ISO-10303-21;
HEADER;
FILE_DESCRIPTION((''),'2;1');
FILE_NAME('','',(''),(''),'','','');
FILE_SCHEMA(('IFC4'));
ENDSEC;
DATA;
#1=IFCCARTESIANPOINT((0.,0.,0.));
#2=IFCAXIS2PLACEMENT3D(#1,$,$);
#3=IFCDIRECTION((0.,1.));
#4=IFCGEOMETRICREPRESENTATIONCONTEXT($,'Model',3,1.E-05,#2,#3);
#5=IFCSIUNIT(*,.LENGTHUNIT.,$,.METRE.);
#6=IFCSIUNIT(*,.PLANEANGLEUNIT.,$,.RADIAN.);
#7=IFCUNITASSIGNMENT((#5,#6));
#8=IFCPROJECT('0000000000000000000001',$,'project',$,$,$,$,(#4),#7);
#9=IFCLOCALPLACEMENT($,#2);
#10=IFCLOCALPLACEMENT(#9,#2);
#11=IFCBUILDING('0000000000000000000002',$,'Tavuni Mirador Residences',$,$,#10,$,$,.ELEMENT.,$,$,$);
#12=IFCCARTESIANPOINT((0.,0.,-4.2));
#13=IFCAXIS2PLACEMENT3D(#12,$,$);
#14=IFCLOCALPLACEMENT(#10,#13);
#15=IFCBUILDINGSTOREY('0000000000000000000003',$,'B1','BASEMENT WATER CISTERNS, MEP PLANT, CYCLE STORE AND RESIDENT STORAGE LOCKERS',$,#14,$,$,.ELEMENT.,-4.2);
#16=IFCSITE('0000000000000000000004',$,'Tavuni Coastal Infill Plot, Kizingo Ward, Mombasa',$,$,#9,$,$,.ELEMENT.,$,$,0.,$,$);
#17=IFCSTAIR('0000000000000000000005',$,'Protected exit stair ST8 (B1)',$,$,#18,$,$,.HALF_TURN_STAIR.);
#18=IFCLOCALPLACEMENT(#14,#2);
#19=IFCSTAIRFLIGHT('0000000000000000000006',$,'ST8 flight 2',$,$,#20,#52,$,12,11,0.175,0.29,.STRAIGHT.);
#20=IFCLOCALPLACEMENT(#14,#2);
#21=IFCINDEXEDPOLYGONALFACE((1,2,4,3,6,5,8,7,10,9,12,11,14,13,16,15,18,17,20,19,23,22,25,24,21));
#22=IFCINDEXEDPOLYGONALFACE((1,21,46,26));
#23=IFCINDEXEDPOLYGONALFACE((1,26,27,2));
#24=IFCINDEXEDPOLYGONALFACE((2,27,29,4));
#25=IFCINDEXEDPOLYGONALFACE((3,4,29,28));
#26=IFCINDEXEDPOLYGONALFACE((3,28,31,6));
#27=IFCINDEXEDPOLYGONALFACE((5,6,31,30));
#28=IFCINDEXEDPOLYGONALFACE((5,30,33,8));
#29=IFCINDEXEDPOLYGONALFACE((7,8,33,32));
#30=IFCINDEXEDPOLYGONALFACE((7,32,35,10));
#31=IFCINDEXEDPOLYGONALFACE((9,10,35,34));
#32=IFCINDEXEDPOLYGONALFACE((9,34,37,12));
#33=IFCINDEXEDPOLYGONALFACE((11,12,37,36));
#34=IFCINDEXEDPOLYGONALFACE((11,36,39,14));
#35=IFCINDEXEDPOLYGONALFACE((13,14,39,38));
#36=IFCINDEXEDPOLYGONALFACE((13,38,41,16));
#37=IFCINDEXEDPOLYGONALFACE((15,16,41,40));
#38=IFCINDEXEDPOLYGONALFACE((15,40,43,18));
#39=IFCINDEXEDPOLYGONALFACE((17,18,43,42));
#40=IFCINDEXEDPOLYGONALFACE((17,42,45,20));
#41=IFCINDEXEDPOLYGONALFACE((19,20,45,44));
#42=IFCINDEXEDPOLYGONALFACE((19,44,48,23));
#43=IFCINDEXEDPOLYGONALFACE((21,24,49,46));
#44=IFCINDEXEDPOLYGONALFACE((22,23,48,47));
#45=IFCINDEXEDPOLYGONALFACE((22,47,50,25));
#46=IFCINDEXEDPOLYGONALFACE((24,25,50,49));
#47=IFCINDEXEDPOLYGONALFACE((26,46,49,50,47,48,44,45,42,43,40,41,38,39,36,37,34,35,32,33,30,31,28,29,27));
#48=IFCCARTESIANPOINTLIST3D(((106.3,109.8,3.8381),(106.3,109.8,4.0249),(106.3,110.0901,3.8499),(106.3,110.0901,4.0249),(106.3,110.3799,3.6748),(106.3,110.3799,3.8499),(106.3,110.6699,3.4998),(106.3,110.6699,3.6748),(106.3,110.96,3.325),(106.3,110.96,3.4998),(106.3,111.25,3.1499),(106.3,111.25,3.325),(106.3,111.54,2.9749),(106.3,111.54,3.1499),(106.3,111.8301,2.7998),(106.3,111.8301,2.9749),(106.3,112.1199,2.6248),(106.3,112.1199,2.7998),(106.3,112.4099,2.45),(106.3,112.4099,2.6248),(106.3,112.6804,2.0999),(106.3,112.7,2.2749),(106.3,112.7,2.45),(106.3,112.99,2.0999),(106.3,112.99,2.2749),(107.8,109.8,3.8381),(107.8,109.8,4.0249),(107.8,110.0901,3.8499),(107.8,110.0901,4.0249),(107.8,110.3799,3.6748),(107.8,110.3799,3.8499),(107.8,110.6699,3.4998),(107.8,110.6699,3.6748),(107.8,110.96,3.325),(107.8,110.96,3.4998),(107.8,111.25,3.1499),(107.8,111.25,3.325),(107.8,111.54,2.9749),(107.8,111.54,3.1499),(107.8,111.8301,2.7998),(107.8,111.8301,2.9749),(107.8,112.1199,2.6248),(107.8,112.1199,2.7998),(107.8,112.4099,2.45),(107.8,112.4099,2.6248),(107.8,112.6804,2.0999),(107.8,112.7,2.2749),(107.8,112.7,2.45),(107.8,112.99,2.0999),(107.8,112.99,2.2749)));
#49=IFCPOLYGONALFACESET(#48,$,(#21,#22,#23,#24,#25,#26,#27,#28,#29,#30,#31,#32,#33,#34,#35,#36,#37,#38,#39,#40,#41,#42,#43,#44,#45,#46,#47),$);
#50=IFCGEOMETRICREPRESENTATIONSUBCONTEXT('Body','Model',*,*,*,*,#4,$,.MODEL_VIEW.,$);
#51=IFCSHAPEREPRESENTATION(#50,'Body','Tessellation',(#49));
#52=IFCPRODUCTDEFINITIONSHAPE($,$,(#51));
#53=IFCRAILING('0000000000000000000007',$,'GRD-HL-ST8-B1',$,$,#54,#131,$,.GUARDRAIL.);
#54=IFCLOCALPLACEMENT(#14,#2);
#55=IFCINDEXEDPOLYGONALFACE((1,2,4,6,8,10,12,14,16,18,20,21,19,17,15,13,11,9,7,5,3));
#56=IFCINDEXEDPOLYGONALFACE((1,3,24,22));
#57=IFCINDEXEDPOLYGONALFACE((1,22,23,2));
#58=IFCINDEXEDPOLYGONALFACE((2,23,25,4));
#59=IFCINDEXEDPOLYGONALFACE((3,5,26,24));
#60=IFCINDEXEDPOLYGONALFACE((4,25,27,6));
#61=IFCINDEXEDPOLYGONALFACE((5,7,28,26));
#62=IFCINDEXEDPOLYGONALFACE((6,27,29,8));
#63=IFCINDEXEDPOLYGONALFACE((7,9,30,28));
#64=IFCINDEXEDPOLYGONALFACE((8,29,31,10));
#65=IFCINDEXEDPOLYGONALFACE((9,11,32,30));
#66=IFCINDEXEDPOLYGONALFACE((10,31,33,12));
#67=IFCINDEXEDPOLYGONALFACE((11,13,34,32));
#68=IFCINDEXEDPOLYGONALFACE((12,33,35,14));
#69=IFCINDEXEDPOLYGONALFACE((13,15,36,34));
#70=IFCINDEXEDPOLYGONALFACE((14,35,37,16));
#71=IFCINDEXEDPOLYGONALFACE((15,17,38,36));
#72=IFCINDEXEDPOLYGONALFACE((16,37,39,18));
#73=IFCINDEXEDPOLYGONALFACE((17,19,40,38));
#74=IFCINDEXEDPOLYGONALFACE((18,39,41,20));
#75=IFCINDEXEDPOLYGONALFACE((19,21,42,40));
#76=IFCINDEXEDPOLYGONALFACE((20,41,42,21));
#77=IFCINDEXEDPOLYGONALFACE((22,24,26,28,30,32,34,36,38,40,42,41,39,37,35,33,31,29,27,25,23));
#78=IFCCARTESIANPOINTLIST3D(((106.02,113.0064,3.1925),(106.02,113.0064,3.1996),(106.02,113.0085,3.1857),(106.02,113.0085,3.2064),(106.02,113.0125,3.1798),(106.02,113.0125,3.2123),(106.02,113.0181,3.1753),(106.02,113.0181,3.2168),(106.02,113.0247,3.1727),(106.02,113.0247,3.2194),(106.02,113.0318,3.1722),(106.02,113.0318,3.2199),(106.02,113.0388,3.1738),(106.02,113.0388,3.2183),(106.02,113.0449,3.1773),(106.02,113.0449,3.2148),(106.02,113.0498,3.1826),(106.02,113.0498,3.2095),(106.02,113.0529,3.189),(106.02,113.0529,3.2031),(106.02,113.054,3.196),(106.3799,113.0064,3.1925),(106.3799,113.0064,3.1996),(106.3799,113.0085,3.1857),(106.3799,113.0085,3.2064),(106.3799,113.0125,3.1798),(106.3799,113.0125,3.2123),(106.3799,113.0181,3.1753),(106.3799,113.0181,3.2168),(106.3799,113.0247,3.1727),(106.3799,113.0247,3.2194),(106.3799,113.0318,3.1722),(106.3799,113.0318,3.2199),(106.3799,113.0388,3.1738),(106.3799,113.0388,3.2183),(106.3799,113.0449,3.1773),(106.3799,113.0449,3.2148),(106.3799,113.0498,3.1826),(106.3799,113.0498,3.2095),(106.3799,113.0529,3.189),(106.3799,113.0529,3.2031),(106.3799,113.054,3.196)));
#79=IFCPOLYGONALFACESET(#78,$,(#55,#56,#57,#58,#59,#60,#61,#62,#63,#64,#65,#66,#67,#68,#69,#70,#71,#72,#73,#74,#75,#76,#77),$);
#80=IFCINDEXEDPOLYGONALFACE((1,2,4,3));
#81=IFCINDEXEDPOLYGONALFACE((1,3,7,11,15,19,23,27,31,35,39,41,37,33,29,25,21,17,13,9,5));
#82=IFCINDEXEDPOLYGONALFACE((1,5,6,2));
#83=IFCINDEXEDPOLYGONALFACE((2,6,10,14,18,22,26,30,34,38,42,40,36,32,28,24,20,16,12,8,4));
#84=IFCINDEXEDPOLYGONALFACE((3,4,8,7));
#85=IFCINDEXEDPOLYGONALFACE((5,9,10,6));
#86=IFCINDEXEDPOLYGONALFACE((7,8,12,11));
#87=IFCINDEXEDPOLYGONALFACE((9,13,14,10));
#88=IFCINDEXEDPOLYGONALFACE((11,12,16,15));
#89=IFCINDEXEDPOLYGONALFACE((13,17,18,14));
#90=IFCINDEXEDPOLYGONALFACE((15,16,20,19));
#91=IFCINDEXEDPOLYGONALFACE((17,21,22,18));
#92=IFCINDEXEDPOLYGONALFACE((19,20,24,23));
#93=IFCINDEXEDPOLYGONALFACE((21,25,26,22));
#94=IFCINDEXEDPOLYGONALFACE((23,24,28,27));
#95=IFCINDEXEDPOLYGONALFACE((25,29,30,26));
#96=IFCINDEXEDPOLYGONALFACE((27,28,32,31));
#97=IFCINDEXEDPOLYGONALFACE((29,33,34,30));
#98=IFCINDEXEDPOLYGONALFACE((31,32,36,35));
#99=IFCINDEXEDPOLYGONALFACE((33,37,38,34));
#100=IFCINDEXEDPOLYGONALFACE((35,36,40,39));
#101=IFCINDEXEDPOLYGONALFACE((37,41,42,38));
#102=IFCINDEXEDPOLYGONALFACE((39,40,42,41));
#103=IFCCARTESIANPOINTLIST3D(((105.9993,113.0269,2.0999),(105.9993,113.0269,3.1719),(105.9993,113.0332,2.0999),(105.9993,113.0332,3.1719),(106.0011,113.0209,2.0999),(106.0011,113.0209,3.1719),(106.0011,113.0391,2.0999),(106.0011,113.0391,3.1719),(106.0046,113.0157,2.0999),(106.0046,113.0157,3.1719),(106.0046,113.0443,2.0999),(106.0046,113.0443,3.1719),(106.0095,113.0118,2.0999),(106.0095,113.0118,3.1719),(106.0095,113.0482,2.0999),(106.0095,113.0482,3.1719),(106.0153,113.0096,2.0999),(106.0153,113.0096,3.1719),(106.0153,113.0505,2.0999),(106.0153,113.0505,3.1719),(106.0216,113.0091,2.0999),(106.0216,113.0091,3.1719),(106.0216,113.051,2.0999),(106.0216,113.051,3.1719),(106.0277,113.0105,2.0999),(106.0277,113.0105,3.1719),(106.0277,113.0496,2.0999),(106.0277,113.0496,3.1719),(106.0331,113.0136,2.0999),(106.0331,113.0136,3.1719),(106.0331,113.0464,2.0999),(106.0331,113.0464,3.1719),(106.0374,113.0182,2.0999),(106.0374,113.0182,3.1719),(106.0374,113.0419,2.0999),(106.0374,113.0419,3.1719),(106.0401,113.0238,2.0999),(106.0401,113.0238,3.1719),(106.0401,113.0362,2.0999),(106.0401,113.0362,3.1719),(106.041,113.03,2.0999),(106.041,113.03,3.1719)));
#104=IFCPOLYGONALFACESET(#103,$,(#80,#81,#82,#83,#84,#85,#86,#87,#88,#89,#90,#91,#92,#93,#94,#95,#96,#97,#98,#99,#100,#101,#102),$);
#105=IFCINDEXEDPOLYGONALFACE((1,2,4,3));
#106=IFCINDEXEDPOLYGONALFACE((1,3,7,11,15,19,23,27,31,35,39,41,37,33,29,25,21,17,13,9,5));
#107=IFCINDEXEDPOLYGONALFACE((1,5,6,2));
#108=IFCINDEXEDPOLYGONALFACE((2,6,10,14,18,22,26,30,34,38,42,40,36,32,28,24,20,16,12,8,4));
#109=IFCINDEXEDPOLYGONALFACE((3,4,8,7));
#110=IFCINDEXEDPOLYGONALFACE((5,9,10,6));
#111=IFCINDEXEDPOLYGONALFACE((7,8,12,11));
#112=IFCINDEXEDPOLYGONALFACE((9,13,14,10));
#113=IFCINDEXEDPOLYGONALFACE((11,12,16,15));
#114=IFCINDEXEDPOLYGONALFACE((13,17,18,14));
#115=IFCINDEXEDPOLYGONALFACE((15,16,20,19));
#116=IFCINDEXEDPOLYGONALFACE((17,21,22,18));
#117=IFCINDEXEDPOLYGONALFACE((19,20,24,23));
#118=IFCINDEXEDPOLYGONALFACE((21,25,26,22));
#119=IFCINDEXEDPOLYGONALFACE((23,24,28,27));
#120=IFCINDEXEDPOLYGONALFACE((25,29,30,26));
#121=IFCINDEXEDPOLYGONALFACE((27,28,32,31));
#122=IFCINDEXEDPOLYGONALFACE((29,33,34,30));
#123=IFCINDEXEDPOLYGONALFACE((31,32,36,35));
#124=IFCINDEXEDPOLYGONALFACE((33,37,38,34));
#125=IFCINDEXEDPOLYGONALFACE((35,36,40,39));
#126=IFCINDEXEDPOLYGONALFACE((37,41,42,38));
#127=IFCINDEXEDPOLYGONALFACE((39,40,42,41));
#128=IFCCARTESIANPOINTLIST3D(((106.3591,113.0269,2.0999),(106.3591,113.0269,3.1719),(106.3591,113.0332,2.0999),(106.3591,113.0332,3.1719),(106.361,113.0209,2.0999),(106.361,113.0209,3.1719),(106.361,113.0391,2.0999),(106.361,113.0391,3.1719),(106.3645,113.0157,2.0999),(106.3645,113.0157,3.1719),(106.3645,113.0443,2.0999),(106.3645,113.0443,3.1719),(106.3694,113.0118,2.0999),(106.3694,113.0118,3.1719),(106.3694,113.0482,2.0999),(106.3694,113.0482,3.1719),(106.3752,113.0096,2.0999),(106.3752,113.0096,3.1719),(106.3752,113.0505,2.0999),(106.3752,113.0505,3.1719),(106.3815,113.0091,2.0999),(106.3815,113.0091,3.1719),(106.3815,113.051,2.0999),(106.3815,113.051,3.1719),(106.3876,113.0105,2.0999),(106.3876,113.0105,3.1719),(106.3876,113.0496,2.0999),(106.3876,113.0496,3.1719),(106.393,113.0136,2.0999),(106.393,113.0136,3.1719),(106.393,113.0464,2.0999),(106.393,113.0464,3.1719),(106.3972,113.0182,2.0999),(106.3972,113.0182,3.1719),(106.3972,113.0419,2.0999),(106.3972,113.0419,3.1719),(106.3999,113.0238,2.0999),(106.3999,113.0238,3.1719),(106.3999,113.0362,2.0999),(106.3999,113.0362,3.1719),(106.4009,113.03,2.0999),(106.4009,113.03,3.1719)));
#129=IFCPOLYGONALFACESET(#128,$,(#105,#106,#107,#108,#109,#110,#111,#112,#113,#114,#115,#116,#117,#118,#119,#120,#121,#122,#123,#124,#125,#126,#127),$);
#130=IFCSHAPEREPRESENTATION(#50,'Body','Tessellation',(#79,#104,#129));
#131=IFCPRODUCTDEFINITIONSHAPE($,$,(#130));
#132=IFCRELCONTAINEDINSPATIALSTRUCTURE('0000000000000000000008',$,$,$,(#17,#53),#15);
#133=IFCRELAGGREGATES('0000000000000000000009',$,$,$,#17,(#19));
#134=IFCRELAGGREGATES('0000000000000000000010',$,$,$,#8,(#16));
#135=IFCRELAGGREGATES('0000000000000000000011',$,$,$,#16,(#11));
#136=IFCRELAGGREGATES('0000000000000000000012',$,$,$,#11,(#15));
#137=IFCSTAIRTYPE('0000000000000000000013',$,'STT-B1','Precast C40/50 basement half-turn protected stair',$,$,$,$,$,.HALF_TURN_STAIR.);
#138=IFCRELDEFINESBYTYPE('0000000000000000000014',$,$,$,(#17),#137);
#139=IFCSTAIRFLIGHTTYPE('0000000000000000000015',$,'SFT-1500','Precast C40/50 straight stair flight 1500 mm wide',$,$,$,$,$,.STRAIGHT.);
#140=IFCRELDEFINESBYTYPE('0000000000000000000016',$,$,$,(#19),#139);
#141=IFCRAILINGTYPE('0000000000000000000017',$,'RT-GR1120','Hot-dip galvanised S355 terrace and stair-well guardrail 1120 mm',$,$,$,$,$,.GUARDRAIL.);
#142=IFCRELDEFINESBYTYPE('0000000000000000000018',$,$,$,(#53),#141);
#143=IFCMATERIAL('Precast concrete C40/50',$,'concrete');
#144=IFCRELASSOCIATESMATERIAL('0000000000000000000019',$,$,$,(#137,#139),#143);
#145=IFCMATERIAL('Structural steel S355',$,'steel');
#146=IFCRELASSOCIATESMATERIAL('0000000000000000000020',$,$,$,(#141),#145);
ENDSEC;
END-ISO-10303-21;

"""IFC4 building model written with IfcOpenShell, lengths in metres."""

from ifc_helpers import new_model, si_unit, direction, frame, origin, origin_2d, place, context, subcontext, project, spatial, polyline, circle, outline, extrude, material, type_object, element, aggregate, save


model = new_model("IFC4")

# Units and contexts
model_context = context("Model", 3, precision=1e-05, world=origin(), true_north=direction((0.0, 1.0)))
body_context = subcontext(model_context, "Body", "Model", "MODEL_VIEW")
ifc_project = project(units=[si_unit("LENGTHUNIT", "METRE"), si_unit("PLANEANGLEUNIT", "RADIAN")], contexts=[model_context])

# Site, building, storey
site_placement = place(None, origin())
site = spatial("IfcSite", under=ifc_project, at=site_placement, Name="Tavuni Coastal Infill Plot, Kizingo Ward, Mombasa", CompositionType="ELEMENT", RefElevation=0.0)
building_placement = place(site_placement, origin())
building = spatial("IfcBuilding", under=site, at=building_placement, Name="Tavuni Mirador Residences", CompositionType="ELEMENT")
storey_placement = place(building_placement, frame((0.0, 0.0, -4.2)))
storey = spatial("IfcBuildingStorey", under=building, at=storey_placement, Name="B1", Description="BASEMENT WATER CISTERNS, MEP PLANT, CYCLE STORE AND RESIDENT STORAGE LOCKERS", CompositionType="ELEMENT", Elevation=-4.2)

# Shared definitions
ifc_material_1 = material(Name="Precast concrete C40/50", Category="concrete")

# Shared definitions
ifc_material_2 = material(Name="Structural steel S355", Category="steel")

# Stair, stair flight
stair_type = type_object("IfcStairType", Name="STT-B1", Description="Precast C40/50 basement half-turn protected stair", PredefinedType="HALF_TURN_STAIR", material=ifc_material_1)
stair_placement = place(storey_placement, origin())
stair = element("IfcStair", 1, at=stair_placement, inside=storey, type_object=stair_type, Name="Protected exit stair ST8 (B1)", PredefinedType="HALF_TURN_STAIR")
stair_flight_type = type_object("IfcStairFlightType", Name="SFT-1500", Description="Precast C40/50 straight stair flight 1500 mm wide", PredefinedType="STRAIGHT", material=ifc_material_1)
stair_flight_1_placement = place(storey_placement, frame((107.05, 112.99, 2.0999), z_axis=(0.0, 0.0, 1.0), x_axis=(0.0, -1.0, 0.0)))
stair_flight_1 = element("IfcStairFlight", 2, at=stair_flight_1_placement, type_object=stair_flight_type, Name="ST8 flight 2", NumberOfRisers=12, NumberOfTreads=11, PredefinedType="STRAIGHT", RiserHeight=0.175, TreadLength=0.29, context=body_context, shape_type="SweptSolid", body=[
    extrude(outline(polyline([(0.0, 0.0), (0.0, 0.175), (0.29, 0.175), (0.29, 0.3501), (0.5801, 0.3501), (0.5801, 0.5249), (0.8701, 0.5249), (0.8701, 0.7), (1.1599, 0.7), (1.1599, 0.875), (1.45, 0.875), (1.45, 1.05), (1.74, 1.05), (1.74, 1.2251), (2.03, 1.2251), (2.03, 1.3999), (2.3201, 1.3999), (2.3201, 1.575), (2.6101, 1.575), (2.6101, 1.75), (2.8999, 1.75), (2.8999, 1.925), (3.1899, 1.925), (3.1899, 2.1001), (3.1899, 1.7383), (0.3096, 0.0), (0.0, 0.0)])), frame((0.0, 0.75, 0.0), z_axis=(0.0, -1.0, 0.0), x_axis=(1.0, 0.0, 0.0)), (0.0, 0.0, 1.0), 1.5),
])
aggregate(stair, [stair_flight_1])

# Railing
railing_type_1 = type_object("IfcRailingType", Name="RT-GR1120", Description="Hot-dip galvanised S355 terrace and stair-well guardrail 1120 mm", PredefinedType="GUARDRAIL", material=ifc_material_2)
railing_1_placement = place(storey_placement, frame((106.02, 113.03, 2.0999)))
element("IfcRailing", 3, at=railing_1_placement, inside=storey, type_object=railing_type_1, Name="GRD-HL-ST8-B1", PredefinedType="GUARDRAIL", context=body_context, shape_type="SweptSolid", body=[
    extrude(circle(Radius=0.0239, at=origin_2d()), frame((0.0, 0.0, 1.0962), z_axis=(1.0, 0.0, 0.0), x_axis=(0.0, 1.0, 0.0)), (0.0, 0.0, 1.0), 0.3599),
    extrude(circle(Radius=0.021, at=origin_2d()), origin(), (0.0, 0.0, 1.0), 1.072),
    extrude(circle(Radius=0.021, at=origin_2d()), frame((0.3599, 0.0, 0.0)), (0.0, 0.0, 1.0), 1.072),
])

save(model, "model.ifc")
